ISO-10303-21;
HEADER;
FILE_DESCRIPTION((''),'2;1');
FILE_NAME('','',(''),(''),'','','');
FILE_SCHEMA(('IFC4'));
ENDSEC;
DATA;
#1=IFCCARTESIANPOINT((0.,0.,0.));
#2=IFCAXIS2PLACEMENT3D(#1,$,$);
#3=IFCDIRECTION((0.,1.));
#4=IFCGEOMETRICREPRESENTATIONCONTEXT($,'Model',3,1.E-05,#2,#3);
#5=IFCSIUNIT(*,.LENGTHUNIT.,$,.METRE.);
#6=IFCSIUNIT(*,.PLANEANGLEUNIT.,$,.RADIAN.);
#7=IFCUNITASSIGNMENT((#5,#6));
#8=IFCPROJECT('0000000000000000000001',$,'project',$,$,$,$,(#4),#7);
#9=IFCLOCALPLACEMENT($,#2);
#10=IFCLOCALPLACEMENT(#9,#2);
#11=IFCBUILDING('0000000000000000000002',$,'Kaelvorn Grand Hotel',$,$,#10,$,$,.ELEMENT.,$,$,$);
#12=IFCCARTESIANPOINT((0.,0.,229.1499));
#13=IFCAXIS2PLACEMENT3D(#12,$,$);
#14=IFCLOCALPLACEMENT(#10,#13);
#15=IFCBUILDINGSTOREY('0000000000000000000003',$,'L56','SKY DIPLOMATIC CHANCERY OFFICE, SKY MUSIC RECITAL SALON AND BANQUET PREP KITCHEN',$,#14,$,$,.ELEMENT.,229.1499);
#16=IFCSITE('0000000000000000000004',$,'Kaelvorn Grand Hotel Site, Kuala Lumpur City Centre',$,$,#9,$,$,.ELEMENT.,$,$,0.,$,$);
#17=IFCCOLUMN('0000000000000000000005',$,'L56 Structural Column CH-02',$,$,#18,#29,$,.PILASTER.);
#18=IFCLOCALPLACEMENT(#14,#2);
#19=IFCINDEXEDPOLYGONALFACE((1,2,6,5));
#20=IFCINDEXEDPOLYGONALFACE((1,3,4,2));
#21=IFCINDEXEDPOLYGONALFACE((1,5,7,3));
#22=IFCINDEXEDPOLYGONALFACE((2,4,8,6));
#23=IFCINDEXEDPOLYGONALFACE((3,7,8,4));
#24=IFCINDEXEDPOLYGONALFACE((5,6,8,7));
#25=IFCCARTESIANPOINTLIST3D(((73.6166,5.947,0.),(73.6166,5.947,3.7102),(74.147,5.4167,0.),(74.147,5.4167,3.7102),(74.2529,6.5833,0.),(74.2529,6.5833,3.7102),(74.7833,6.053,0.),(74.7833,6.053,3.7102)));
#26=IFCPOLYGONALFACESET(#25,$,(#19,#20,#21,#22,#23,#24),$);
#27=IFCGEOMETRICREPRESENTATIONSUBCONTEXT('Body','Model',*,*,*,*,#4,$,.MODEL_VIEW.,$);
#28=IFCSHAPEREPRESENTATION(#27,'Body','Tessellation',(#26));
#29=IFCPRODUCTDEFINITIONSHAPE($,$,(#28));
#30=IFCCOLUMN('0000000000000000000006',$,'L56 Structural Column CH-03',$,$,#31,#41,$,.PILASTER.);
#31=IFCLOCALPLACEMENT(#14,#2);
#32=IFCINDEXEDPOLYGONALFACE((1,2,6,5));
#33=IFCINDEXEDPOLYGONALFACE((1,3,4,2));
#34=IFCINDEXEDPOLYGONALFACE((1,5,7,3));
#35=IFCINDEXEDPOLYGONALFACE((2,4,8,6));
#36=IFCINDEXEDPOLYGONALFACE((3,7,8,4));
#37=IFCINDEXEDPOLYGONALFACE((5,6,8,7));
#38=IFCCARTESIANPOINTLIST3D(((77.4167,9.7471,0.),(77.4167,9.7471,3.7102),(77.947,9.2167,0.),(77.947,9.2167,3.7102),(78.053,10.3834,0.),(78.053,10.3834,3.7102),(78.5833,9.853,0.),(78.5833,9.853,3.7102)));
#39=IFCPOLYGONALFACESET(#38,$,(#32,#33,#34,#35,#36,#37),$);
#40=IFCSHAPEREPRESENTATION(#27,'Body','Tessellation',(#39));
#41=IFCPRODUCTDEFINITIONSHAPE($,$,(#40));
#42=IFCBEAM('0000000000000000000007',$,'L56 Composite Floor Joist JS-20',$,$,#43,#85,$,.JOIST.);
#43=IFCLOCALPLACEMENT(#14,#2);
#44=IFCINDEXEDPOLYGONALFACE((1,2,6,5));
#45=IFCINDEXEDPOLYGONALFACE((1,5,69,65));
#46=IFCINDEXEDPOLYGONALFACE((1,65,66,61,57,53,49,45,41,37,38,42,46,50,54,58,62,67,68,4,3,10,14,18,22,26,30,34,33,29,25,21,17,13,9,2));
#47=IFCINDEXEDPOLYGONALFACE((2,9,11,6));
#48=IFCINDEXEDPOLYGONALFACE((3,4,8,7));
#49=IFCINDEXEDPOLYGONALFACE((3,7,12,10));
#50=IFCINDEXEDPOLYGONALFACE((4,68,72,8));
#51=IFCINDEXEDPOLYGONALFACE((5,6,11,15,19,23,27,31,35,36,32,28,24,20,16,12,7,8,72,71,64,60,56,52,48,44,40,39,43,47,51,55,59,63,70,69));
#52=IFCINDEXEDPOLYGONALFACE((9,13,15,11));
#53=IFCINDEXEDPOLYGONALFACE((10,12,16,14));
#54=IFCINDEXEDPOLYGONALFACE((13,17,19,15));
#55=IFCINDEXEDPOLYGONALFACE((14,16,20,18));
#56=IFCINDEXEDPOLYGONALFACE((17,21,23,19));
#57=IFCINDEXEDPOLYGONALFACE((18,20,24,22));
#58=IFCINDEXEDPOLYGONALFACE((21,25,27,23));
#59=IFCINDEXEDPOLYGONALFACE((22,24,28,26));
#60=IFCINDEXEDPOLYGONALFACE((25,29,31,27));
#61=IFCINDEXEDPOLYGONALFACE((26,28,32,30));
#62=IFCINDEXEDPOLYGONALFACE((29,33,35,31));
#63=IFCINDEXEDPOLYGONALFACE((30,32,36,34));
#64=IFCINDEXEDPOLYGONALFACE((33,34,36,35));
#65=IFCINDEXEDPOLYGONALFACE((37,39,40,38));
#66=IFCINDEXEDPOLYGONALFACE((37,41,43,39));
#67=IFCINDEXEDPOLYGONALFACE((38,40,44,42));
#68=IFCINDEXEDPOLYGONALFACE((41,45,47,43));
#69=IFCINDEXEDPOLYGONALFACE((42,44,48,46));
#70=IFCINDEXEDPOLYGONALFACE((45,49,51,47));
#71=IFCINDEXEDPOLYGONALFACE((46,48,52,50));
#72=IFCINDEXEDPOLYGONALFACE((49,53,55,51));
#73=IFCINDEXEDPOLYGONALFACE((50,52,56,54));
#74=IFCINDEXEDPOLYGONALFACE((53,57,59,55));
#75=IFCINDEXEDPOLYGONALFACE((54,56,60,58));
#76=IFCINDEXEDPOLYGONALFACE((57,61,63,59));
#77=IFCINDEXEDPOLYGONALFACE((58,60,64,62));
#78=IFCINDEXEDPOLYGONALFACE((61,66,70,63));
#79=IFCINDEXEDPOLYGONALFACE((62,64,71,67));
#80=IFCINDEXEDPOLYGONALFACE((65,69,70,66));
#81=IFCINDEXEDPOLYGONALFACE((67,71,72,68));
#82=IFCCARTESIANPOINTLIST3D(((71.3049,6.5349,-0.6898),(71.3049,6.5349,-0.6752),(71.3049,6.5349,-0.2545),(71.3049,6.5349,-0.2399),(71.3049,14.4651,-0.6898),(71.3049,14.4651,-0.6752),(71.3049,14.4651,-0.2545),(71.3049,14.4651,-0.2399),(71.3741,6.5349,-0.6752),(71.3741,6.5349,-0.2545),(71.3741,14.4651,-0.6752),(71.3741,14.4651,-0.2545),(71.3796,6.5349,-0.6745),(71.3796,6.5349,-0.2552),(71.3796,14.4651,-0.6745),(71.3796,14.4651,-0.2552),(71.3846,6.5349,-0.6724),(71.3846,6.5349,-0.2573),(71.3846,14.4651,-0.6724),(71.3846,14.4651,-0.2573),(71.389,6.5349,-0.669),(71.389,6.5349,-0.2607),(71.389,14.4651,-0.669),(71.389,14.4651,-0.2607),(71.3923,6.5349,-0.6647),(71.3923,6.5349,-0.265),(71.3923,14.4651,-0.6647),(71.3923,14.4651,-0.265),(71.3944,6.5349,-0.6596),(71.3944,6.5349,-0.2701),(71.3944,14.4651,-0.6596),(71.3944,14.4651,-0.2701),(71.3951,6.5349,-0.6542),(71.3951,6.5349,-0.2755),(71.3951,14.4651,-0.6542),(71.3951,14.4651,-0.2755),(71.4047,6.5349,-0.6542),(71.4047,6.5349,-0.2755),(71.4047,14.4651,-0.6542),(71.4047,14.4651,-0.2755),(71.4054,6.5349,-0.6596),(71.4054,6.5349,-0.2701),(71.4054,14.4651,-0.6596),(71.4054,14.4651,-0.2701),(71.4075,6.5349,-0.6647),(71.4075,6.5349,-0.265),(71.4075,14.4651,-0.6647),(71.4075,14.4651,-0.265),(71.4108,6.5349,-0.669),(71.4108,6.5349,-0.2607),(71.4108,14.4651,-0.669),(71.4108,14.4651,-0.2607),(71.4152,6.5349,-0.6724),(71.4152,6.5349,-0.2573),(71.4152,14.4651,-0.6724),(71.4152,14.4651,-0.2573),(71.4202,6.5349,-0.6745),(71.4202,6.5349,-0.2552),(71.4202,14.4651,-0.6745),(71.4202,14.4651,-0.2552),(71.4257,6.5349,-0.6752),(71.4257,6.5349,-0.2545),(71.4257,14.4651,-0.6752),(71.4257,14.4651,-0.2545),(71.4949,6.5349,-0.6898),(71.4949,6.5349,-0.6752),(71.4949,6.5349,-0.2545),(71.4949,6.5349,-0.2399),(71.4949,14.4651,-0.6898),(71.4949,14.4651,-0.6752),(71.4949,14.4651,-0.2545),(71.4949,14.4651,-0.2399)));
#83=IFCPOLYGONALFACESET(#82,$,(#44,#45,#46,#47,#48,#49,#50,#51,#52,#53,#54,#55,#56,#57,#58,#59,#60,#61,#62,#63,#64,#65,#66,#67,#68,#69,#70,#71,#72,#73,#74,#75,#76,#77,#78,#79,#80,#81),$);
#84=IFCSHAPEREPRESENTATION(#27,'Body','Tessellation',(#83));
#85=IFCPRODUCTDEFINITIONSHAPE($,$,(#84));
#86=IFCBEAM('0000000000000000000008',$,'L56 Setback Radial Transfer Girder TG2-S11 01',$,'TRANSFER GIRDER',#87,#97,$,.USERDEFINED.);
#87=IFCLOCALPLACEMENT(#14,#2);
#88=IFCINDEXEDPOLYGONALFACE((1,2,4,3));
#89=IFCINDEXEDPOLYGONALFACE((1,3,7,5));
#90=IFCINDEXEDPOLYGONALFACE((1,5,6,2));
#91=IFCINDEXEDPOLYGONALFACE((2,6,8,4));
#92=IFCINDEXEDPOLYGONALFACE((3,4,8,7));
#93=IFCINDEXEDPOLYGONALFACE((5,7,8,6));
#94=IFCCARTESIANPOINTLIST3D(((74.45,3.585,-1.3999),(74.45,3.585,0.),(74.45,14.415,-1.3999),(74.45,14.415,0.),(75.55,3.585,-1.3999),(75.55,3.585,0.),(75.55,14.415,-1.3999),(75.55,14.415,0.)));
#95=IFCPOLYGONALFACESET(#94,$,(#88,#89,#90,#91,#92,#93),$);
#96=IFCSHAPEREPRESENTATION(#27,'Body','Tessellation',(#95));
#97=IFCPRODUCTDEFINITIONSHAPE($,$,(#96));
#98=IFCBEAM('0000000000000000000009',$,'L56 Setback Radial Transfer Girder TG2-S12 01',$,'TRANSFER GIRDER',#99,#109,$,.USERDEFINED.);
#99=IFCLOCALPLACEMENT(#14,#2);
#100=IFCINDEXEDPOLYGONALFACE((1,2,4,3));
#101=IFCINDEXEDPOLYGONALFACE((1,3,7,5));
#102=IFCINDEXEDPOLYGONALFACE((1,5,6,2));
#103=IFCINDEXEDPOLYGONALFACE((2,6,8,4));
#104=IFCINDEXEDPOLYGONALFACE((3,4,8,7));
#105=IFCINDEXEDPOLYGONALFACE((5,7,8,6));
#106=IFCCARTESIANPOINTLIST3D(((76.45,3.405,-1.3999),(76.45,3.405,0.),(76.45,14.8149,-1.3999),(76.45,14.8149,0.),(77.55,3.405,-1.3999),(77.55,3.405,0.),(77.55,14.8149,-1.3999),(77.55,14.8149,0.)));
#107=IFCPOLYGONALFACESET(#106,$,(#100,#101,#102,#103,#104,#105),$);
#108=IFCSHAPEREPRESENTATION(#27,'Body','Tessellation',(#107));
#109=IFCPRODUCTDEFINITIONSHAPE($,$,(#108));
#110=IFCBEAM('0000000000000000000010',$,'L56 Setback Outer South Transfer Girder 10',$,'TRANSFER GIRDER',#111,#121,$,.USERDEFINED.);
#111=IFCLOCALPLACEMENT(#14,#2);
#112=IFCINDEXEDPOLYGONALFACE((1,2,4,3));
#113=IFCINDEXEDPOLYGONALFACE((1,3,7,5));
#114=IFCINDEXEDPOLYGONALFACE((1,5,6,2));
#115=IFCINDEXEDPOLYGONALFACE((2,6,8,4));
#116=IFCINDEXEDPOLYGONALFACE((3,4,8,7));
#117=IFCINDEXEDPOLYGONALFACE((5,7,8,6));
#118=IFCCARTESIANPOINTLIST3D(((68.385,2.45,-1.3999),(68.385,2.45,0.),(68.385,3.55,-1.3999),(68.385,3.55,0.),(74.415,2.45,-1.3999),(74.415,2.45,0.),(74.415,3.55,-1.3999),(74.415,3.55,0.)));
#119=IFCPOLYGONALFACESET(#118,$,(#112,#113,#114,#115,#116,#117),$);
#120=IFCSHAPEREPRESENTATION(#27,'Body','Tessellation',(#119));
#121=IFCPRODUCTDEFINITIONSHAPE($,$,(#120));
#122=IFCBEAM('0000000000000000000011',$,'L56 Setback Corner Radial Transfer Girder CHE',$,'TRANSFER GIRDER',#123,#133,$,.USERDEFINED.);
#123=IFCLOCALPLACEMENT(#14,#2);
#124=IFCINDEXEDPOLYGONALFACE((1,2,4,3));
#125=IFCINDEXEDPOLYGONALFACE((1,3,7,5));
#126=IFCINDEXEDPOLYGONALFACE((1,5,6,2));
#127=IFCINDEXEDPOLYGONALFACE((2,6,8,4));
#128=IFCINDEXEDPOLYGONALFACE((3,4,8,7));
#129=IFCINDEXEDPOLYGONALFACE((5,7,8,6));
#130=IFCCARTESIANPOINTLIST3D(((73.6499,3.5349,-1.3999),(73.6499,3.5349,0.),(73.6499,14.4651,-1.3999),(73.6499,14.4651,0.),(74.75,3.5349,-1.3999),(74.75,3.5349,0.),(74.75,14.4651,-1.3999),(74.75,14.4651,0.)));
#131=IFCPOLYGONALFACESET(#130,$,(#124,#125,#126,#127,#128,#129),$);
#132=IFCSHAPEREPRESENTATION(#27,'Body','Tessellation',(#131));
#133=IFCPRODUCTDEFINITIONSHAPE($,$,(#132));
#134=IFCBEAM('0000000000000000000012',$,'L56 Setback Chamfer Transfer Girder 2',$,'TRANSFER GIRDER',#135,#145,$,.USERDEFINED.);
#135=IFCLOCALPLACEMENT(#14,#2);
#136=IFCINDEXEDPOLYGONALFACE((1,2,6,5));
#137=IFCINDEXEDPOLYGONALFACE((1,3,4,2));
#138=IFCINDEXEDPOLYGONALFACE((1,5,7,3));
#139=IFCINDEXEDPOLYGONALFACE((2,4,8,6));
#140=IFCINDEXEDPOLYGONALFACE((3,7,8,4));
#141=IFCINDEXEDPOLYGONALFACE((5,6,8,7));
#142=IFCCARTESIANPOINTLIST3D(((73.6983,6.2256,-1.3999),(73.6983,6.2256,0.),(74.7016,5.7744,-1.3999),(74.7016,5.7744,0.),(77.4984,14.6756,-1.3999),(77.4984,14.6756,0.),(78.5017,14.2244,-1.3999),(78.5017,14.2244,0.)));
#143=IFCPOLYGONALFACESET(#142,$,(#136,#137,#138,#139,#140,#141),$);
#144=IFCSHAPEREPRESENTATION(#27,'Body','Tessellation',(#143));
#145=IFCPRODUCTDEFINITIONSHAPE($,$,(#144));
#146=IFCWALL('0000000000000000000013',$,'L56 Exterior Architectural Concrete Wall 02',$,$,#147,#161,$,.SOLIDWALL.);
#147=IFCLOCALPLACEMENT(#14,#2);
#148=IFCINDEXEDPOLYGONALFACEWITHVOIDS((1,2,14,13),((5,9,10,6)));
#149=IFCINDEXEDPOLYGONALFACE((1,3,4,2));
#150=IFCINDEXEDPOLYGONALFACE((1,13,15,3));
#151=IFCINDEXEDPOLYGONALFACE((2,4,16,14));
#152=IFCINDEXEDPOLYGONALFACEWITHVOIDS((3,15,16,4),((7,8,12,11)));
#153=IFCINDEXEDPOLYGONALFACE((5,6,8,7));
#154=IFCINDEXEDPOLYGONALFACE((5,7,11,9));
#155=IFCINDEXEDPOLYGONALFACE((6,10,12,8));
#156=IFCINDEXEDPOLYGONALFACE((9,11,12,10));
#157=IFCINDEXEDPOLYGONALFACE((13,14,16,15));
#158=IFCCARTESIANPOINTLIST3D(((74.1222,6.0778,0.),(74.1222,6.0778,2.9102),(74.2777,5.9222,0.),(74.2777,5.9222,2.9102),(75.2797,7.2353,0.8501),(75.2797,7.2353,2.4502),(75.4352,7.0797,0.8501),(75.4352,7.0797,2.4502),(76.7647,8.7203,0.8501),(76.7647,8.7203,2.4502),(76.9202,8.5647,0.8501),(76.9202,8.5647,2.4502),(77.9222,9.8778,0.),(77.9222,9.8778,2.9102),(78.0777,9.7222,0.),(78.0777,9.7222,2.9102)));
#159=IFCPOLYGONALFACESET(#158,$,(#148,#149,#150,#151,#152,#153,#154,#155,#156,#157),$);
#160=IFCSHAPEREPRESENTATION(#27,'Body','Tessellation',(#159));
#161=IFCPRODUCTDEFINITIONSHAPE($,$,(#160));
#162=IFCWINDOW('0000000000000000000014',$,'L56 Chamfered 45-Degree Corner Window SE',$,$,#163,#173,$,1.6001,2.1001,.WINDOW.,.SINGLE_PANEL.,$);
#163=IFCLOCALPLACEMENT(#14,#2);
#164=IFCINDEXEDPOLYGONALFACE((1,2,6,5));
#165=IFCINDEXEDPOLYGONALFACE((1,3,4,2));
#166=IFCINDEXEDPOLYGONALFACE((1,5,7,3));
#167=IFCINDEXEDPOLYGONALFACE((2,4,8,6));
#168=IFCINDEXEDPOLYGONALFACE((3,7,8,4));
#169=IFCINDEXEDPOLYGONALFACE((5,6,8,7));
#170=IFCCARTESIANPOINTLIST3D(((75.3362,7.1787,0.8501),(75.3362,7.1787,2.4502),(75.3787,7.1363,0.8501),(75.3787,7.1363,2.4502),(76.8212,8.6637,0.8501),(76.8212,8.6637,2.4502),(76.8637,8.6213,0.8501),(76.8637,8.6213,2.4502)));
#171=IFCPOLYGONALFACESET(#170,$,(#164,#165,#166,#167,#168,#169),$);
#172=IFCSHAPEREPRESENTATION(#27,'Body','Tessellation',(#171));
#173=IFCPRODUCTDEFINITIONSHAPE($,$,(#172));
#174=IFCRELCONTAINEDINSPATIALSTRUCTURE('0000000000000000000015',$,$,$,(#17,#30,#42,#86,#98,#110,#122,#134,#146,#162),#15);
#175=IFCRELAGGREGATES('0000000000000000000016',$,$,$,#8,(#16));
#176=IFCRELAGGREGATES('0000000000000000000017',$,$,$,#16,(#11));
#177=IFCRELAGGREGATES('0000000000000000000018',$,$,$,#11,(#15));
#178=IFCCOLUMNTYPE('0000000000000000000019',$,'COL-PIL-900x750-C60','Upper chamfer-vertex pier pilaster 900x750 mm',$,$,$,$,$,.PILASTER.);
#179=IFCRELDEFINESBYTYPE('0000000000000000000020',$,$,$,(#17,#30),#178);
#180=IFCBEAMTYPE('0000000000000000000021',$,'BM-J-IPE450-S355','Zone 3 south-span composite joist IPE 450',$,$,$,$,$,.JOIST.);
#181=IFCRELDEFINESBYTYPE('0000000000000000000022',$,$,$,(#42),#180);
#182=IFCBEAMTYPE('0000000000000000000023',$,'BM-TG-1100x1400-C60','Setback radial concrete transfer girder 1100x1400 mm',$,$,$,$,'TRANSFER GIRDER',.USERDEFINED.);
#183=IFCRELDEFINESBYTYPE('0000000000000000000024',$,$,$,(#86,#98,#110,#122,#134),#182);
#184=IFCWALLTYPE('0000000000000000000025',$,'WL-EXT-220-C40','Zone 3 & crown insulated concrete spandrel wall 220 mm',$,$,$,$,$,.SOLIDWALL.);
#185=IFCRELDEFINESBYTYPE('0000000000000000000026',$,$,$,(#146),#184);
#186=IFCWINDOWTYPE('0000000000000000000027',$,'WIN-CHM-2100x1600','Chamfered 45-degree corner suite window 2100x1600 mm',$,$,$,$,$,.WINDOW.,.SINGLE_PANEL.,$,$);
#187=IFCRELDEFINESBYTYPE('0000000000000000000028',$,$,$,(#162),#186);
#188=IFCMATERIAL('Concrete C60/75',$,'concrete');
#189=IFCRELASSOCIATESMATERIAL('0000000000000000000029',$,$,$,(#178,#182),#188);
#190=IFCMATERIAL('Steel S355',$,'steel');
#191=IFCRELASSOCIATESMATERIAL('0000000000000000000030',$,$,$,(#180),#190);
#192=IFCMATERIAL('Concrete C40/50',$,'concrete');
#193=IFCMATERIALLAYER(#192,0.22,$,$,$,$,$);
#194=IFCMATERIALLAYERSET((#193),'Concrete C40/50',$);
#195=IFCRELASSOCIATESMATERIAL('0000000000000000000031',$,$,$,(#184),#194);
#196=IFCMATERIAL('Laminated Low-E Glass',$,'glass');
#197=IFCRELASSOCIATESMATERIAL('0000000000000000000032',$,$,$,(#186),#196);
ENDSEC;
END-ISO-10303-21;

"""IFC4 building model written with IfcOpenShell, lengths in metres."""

from ifc_helpers import new_model, si_unit, direction, frame, frame_2d, origin, origin_2d, place, context, subcontext, project, spatial, rectangle, i_section, extrude, material, layer, layer_set, material_profile, profile_set, type_object, element, fill, save


model = new_model("IFC4")

# Units and contexts
model_context = context("Model", 3, precision=1e-05, world=origin(), true_north=direction((0.0, 1.0)))
body_context = subcontext(model_context, "Body", "Model", "MODEL_VIEW")
ifc_project = project(units=[si_unit("LENGTHUNIT", "METRE"), si_unit("PLANEANGLEUNIT", "RADIAN")], contexts=[model_context])

# Site, building, storey
site_placement = place(None, origin())
site = spatial("IfcSite", under=ifc_project, at=site_placement, Name="Kaelvorn Grand Hotel Site, Kuala Lumpur City Centre", CompositionType="ELEMENT", RefElevation=0.0)
building_placement = place(site_placement, origin())
building = spatial("IfcBuilding", under=site, at=building_placement, Name="Kaelvorn Grand Hotel", CompositionType="ELEMENT")
storey_placement = place(building_placement, frame((0.0, 0.0, 229.1499)))
storey = spatial("IfcBuildingStorey", under=building, at=storey_placement, Name="L56", Description="SKY DIPLOMATIC CHANCERY OFFICE, SKY MUSIC RECITAL SALON AND BANQUET PREP KITCHEN", CompositionType="ELEMENT", Elevation=229.1499)

# Columns
ifc_material_1 = material(Name="Concrete C60/75", Category="concrete")
ifc_material_profile_1 = material_profile(ifc_material_1, rectangle(XDim=0.8999, YDim=0.75, at=origin_2d()), Name="RC PILASTER 900x750")
ifc_profile_set_1 = profile_set([ifc_material_profile_1], Name="Concrete C60/75")
column_type = type_object("IfcColumnType", Name="COL-PIL-900x750-C60", Description="Upper chamfer-vertex pier pilaster 900x750 mm", PredefinedType="PILASTER", material=ifc_profile_set_1)
for number, where, z_axis, x_axis, name in (
    (1, (74.2, 6.0, 0.0), (0.0, 0.0, 1.0), (0.707107, 0.707107, 0.0), "L56 Structural Column CH-02"),
    (2, (78.0, 9.8, 0.0), (0.0, 0.0, 1.0), (0.707107, 0.707107, 0.0), "L56 Structural Column CH-03"),
):
    element("IfcColumn", number, at=place(storey_placement, frame(where, z_axis=z_axis, x_axis=x_axis)), inside=storey, type_object=column_type, Name=name, PredefinedType="PILASTER", context=body_context, shape_type="SweptSolid", body=[
        extrude(rectangle(XDim=0.8999, YDim=0.75, at=origin_2d()), origin(), (0.0, 0.0, 1.0), 3.7102),
    ])

# Beams
ifc_material_2 = material(Name="Steel S355", Category="steel")
ifc_material_profile_2 = material_profile(ifc_material_2, i_section(OverallWidth=0.1899, OverallDepth=0.45, WebThickness=0.0095, FlangeThickness=0.0146, FilletRadius=0.021, at=origin_2d()), Name="IPE 450")
ifc_profile_set_2 = profile_set([ifc_material_profile_2], Name="Steel S355")
beam_type_1 = type_object("IfcBeamType", Name="BM-J-IPE450-S355", Description="Zone 3 south-span composite joist IPE 450", PredefinedType="JOIST", material=ifc_profile_set_2)
beam_1_placement = place(storey_placement, frame((71.3999, 6.5349, -0.4648), z_axis=(0.0, 1.0, 0.0), x_axis=(-1.0, 0.0, 0.0)))
element("IfcBeam", 3, at=beam_1_placement, inside=storey, type_object=beam_type_1, Name="L56 Composite Floor Joist JS-20", PredefinedType="JOIST", context=body_context, shape_type="SweptSolid", body=[
    extrude(i_section(OverallWidth=0.1899, OverallDepth=0.45, WebThickness=0.0095, FlangeThickness=0.0146, FilletRadius=0.021, at=origin_2d()), origin(), (0.0, 0.0, 1.0), 7.9302),
])
ifc_material_profile_3 = material_profile(ifc_material_1, rectangle(XDim=1.1001, YDim=1.3999, at=origin_2d()), Name="RC TG 1100x1400")
ifc_profile_set_3 = profile_set([ifc_material_profile_3], Name="Concrete C60/75")
beam_type_2 = type_object("IfcBeamType", Name="BM-TG-1100x1400-C60", Description="Setback radial concrete transfer girder 1100x1400 mm", ElementType="TRANSFER GIRDER", PredefinedType="USERDEFINED", material=ifc_profile_set_3)
beam_2_placement = place(storey_placement, frame((75.0, 3.585, -0.7), z_axis=(0.0, 1.0, 0.0), x_axis=(-1.0, 0.0, 0.0)))
element("IfcBeam", 4, at=beam_2_placement, inside=storey, type_object=beam_type_2, Name="L56 Setback Radial Transfer Girder TG2-S11 01", ObjectType="TRANSFER GIRDER", PredefinedType="USERDEFINED", context=body_context, shape_type="SweptSolid", body=[
    extrude(rectangle(XDim=1.1001, YDim=1.3999, at=origin_2d()), origin(), (0.0, 0.0, 1.0), 10.8301),
])
beam_3_placement = place(storey_placement, frame((77.0, 3.405, -0.7), z_axis=(0.0, 1.0, 0.0), x_axis=(-1.0, 0.0, 0.0)))
element("IfcBeam", 5, at=beam_3_placement, inside=storey, type_object=beam_type_2, Name="L56 Setback Radial Transfer Girder TG2-S12 01", ObjectType="TRANSFER GIRDER", PredefinedType="USERDEFINED", context=body_context, shape_type="SweptSolid", body=[
    extrude(rectangle(XDim=1.1001, YDim=1.3999, at=origin_2d()), origin(), (0.0, 0.0, 1.0), 11.4099),
])
beam_4_placement = place(storey_placement, frame((68.385, 3.0, -0.7), z_axis=(1.0, 0.0, 0.0), x_axis=(0.0, 1.0, 0.0)))
element("IfcBeam", 6, at=beam_4_placement, inside=storey, type_object=beam_type_2, Name="L56 Setback Outer South Transfer Girder 10", ObjectType="TRANSFER GIRDER", PredefinedType="USERDEFINED", context=body_context, shape_type="SweptSolid", body=[
    extrude(rectangle(XDim=1.1001, YDim=1.3999, at=origin_2d()), origin(), (0.0, 0.0, 1.0), 6.03),
])
beam_5_placement = place(storey_placement, frame((74.2, 3.5349, -0.7), z_axis=(0.0, 1.0, 0.0), x_axis=(-1.0, 0.0, 0.0)))
element("IfcBeam", 7, at=beam_5_placement, inside=storey, type_object=beam_type_2, Name="L56 Setback Corner Radial Transfer Girder CHE", ObjectType="TRANSFER GIRDER", PredefinedType="USERDEFINED", context=body_context, shape_type="SweptSolid", body=[
    extrude(rectangle(XDim=1.1001, YDim=1.3999, at=origin_2d()), origin(), (0.0, 0.0, 1.0), 10.9302),
])
beam_6_placement = place(storey_placement, frame((74.2, 6.0, -0.7), z_axis=(0.410147, 0.91202, 0.0), x_axis=(-0.91202, 0.410147, 0.0)))
element("IfcBeam", 8, at=beam_6_placement, inside=storey, type_object=beam_type_2, Name="L56 Setback Chamfer Transfer Girder 2", ObjectType="TRANSFER GIRDER", PredefinedType="USERDEFINED", context=body_context, shape_type="SweptSolid", body=[
    extrude(rectangle(XDim=1.1001, YDim=1.3999, at=origin_2d()), origin(), (0.0, 0.0, 1.0), 9.2651),
])

# Wall, opening, window
ifc_material_3 = material(Name="Concrete C40/50", Category="concrete")
ifc_layer_1 = layer(ifc_material_3, 0.22)
ifc_layer_set_1 = layer_set([ifc_layer_1], Name="Concrete C40/50")
wall_type_1 = type_object("IfcWallType", Name="WL-EXT-220-C40", Description="Zone 3 & crown insulated concrete spandrel wall 220 mm", PredefinedType="SOLIDWALL", material=ifc_layer_set_1)
wall_1_placement = place(storey_placement, frame((74.2, 6.0, 0.0), z_axis=(0.0, 0.0, 1.0), x_axis=(0.707107, 0.707107, 0.0)))
wall_1 = element("IfcWall", 9, at=wall_1_placement, inside=storey, type_object=wall_type_1, Name="L56 Exterior Architectural Concrete Wall 02", PredefinedType="SOLIDWALL", context=body_context, shape_type="SweptSolid", body=[
    extrude(rectangle(XDim=5.374, YDim=0.22, at=frame_2d((2.687, 0.0))), origin(), (0.0, 0.0, 1.0), 2.9102),
])
opening_1_placement = place(wall_1_placement, frame((1.637, 0.0, 0.8501)))
opening_1 = element("IfcOpeningElement", 10, at=opening_1_placement, cuts=wall_1, PredefinedType="OPENING", context=body_context, shape_type="SweptSolid", body=[
    extrude(rectangle(XDim=2.1001, YDim=1.6001, at=frame_2d((1.05, 0.8))), frame((0.0, 0.1201, 0.0), z_axis=(0.0, -1.0, 0.0), x_axis=(1.0, 0.0, 0.0)), (0.0, 0.0, 1.0), 0.24),
])
ifc_material_4 = material(Name="Laminated Low-E Glass", Category="glass")
window_type_1 = type_object("IfcWindowType", Name="WIN-CHM-2100x1600", Description="Chamfered 45-degree corner suite window 2100x1600 mm", PartitioningType="SINGLE_PANEL", PredefinedType="WINDOW", material=ifc_material_4)
window_1_placement = place(opening_1_placement, origin())
window_1 = element("IfcWindow", 11, at=window_1_placement, inside=storey, type_object=window_type_1, Name="L56 Chamfered 45-Degree Corner Window SE", OverallHeight=1.6001, OverallWidth=2.1001, PartitioningType="SINGLE_PANEL", PredefinedType="WINDOW", context=body_context, shape_type="SweptSolid", body=[
    extrude(rectangle(XDim=2.1001, YDim=1.6001, at=frame_2d((1.05, 0.8))), frame((0.0, 0.03, 0.0), z_axis=(0.0, -1.0, 0.0), x_axis=(1.0, 0.0, 0.0)), (0.0, 0.0, 1.0), 0.0601),
])
fill(opening_1, window_1)

save(model, "model.ifc")
